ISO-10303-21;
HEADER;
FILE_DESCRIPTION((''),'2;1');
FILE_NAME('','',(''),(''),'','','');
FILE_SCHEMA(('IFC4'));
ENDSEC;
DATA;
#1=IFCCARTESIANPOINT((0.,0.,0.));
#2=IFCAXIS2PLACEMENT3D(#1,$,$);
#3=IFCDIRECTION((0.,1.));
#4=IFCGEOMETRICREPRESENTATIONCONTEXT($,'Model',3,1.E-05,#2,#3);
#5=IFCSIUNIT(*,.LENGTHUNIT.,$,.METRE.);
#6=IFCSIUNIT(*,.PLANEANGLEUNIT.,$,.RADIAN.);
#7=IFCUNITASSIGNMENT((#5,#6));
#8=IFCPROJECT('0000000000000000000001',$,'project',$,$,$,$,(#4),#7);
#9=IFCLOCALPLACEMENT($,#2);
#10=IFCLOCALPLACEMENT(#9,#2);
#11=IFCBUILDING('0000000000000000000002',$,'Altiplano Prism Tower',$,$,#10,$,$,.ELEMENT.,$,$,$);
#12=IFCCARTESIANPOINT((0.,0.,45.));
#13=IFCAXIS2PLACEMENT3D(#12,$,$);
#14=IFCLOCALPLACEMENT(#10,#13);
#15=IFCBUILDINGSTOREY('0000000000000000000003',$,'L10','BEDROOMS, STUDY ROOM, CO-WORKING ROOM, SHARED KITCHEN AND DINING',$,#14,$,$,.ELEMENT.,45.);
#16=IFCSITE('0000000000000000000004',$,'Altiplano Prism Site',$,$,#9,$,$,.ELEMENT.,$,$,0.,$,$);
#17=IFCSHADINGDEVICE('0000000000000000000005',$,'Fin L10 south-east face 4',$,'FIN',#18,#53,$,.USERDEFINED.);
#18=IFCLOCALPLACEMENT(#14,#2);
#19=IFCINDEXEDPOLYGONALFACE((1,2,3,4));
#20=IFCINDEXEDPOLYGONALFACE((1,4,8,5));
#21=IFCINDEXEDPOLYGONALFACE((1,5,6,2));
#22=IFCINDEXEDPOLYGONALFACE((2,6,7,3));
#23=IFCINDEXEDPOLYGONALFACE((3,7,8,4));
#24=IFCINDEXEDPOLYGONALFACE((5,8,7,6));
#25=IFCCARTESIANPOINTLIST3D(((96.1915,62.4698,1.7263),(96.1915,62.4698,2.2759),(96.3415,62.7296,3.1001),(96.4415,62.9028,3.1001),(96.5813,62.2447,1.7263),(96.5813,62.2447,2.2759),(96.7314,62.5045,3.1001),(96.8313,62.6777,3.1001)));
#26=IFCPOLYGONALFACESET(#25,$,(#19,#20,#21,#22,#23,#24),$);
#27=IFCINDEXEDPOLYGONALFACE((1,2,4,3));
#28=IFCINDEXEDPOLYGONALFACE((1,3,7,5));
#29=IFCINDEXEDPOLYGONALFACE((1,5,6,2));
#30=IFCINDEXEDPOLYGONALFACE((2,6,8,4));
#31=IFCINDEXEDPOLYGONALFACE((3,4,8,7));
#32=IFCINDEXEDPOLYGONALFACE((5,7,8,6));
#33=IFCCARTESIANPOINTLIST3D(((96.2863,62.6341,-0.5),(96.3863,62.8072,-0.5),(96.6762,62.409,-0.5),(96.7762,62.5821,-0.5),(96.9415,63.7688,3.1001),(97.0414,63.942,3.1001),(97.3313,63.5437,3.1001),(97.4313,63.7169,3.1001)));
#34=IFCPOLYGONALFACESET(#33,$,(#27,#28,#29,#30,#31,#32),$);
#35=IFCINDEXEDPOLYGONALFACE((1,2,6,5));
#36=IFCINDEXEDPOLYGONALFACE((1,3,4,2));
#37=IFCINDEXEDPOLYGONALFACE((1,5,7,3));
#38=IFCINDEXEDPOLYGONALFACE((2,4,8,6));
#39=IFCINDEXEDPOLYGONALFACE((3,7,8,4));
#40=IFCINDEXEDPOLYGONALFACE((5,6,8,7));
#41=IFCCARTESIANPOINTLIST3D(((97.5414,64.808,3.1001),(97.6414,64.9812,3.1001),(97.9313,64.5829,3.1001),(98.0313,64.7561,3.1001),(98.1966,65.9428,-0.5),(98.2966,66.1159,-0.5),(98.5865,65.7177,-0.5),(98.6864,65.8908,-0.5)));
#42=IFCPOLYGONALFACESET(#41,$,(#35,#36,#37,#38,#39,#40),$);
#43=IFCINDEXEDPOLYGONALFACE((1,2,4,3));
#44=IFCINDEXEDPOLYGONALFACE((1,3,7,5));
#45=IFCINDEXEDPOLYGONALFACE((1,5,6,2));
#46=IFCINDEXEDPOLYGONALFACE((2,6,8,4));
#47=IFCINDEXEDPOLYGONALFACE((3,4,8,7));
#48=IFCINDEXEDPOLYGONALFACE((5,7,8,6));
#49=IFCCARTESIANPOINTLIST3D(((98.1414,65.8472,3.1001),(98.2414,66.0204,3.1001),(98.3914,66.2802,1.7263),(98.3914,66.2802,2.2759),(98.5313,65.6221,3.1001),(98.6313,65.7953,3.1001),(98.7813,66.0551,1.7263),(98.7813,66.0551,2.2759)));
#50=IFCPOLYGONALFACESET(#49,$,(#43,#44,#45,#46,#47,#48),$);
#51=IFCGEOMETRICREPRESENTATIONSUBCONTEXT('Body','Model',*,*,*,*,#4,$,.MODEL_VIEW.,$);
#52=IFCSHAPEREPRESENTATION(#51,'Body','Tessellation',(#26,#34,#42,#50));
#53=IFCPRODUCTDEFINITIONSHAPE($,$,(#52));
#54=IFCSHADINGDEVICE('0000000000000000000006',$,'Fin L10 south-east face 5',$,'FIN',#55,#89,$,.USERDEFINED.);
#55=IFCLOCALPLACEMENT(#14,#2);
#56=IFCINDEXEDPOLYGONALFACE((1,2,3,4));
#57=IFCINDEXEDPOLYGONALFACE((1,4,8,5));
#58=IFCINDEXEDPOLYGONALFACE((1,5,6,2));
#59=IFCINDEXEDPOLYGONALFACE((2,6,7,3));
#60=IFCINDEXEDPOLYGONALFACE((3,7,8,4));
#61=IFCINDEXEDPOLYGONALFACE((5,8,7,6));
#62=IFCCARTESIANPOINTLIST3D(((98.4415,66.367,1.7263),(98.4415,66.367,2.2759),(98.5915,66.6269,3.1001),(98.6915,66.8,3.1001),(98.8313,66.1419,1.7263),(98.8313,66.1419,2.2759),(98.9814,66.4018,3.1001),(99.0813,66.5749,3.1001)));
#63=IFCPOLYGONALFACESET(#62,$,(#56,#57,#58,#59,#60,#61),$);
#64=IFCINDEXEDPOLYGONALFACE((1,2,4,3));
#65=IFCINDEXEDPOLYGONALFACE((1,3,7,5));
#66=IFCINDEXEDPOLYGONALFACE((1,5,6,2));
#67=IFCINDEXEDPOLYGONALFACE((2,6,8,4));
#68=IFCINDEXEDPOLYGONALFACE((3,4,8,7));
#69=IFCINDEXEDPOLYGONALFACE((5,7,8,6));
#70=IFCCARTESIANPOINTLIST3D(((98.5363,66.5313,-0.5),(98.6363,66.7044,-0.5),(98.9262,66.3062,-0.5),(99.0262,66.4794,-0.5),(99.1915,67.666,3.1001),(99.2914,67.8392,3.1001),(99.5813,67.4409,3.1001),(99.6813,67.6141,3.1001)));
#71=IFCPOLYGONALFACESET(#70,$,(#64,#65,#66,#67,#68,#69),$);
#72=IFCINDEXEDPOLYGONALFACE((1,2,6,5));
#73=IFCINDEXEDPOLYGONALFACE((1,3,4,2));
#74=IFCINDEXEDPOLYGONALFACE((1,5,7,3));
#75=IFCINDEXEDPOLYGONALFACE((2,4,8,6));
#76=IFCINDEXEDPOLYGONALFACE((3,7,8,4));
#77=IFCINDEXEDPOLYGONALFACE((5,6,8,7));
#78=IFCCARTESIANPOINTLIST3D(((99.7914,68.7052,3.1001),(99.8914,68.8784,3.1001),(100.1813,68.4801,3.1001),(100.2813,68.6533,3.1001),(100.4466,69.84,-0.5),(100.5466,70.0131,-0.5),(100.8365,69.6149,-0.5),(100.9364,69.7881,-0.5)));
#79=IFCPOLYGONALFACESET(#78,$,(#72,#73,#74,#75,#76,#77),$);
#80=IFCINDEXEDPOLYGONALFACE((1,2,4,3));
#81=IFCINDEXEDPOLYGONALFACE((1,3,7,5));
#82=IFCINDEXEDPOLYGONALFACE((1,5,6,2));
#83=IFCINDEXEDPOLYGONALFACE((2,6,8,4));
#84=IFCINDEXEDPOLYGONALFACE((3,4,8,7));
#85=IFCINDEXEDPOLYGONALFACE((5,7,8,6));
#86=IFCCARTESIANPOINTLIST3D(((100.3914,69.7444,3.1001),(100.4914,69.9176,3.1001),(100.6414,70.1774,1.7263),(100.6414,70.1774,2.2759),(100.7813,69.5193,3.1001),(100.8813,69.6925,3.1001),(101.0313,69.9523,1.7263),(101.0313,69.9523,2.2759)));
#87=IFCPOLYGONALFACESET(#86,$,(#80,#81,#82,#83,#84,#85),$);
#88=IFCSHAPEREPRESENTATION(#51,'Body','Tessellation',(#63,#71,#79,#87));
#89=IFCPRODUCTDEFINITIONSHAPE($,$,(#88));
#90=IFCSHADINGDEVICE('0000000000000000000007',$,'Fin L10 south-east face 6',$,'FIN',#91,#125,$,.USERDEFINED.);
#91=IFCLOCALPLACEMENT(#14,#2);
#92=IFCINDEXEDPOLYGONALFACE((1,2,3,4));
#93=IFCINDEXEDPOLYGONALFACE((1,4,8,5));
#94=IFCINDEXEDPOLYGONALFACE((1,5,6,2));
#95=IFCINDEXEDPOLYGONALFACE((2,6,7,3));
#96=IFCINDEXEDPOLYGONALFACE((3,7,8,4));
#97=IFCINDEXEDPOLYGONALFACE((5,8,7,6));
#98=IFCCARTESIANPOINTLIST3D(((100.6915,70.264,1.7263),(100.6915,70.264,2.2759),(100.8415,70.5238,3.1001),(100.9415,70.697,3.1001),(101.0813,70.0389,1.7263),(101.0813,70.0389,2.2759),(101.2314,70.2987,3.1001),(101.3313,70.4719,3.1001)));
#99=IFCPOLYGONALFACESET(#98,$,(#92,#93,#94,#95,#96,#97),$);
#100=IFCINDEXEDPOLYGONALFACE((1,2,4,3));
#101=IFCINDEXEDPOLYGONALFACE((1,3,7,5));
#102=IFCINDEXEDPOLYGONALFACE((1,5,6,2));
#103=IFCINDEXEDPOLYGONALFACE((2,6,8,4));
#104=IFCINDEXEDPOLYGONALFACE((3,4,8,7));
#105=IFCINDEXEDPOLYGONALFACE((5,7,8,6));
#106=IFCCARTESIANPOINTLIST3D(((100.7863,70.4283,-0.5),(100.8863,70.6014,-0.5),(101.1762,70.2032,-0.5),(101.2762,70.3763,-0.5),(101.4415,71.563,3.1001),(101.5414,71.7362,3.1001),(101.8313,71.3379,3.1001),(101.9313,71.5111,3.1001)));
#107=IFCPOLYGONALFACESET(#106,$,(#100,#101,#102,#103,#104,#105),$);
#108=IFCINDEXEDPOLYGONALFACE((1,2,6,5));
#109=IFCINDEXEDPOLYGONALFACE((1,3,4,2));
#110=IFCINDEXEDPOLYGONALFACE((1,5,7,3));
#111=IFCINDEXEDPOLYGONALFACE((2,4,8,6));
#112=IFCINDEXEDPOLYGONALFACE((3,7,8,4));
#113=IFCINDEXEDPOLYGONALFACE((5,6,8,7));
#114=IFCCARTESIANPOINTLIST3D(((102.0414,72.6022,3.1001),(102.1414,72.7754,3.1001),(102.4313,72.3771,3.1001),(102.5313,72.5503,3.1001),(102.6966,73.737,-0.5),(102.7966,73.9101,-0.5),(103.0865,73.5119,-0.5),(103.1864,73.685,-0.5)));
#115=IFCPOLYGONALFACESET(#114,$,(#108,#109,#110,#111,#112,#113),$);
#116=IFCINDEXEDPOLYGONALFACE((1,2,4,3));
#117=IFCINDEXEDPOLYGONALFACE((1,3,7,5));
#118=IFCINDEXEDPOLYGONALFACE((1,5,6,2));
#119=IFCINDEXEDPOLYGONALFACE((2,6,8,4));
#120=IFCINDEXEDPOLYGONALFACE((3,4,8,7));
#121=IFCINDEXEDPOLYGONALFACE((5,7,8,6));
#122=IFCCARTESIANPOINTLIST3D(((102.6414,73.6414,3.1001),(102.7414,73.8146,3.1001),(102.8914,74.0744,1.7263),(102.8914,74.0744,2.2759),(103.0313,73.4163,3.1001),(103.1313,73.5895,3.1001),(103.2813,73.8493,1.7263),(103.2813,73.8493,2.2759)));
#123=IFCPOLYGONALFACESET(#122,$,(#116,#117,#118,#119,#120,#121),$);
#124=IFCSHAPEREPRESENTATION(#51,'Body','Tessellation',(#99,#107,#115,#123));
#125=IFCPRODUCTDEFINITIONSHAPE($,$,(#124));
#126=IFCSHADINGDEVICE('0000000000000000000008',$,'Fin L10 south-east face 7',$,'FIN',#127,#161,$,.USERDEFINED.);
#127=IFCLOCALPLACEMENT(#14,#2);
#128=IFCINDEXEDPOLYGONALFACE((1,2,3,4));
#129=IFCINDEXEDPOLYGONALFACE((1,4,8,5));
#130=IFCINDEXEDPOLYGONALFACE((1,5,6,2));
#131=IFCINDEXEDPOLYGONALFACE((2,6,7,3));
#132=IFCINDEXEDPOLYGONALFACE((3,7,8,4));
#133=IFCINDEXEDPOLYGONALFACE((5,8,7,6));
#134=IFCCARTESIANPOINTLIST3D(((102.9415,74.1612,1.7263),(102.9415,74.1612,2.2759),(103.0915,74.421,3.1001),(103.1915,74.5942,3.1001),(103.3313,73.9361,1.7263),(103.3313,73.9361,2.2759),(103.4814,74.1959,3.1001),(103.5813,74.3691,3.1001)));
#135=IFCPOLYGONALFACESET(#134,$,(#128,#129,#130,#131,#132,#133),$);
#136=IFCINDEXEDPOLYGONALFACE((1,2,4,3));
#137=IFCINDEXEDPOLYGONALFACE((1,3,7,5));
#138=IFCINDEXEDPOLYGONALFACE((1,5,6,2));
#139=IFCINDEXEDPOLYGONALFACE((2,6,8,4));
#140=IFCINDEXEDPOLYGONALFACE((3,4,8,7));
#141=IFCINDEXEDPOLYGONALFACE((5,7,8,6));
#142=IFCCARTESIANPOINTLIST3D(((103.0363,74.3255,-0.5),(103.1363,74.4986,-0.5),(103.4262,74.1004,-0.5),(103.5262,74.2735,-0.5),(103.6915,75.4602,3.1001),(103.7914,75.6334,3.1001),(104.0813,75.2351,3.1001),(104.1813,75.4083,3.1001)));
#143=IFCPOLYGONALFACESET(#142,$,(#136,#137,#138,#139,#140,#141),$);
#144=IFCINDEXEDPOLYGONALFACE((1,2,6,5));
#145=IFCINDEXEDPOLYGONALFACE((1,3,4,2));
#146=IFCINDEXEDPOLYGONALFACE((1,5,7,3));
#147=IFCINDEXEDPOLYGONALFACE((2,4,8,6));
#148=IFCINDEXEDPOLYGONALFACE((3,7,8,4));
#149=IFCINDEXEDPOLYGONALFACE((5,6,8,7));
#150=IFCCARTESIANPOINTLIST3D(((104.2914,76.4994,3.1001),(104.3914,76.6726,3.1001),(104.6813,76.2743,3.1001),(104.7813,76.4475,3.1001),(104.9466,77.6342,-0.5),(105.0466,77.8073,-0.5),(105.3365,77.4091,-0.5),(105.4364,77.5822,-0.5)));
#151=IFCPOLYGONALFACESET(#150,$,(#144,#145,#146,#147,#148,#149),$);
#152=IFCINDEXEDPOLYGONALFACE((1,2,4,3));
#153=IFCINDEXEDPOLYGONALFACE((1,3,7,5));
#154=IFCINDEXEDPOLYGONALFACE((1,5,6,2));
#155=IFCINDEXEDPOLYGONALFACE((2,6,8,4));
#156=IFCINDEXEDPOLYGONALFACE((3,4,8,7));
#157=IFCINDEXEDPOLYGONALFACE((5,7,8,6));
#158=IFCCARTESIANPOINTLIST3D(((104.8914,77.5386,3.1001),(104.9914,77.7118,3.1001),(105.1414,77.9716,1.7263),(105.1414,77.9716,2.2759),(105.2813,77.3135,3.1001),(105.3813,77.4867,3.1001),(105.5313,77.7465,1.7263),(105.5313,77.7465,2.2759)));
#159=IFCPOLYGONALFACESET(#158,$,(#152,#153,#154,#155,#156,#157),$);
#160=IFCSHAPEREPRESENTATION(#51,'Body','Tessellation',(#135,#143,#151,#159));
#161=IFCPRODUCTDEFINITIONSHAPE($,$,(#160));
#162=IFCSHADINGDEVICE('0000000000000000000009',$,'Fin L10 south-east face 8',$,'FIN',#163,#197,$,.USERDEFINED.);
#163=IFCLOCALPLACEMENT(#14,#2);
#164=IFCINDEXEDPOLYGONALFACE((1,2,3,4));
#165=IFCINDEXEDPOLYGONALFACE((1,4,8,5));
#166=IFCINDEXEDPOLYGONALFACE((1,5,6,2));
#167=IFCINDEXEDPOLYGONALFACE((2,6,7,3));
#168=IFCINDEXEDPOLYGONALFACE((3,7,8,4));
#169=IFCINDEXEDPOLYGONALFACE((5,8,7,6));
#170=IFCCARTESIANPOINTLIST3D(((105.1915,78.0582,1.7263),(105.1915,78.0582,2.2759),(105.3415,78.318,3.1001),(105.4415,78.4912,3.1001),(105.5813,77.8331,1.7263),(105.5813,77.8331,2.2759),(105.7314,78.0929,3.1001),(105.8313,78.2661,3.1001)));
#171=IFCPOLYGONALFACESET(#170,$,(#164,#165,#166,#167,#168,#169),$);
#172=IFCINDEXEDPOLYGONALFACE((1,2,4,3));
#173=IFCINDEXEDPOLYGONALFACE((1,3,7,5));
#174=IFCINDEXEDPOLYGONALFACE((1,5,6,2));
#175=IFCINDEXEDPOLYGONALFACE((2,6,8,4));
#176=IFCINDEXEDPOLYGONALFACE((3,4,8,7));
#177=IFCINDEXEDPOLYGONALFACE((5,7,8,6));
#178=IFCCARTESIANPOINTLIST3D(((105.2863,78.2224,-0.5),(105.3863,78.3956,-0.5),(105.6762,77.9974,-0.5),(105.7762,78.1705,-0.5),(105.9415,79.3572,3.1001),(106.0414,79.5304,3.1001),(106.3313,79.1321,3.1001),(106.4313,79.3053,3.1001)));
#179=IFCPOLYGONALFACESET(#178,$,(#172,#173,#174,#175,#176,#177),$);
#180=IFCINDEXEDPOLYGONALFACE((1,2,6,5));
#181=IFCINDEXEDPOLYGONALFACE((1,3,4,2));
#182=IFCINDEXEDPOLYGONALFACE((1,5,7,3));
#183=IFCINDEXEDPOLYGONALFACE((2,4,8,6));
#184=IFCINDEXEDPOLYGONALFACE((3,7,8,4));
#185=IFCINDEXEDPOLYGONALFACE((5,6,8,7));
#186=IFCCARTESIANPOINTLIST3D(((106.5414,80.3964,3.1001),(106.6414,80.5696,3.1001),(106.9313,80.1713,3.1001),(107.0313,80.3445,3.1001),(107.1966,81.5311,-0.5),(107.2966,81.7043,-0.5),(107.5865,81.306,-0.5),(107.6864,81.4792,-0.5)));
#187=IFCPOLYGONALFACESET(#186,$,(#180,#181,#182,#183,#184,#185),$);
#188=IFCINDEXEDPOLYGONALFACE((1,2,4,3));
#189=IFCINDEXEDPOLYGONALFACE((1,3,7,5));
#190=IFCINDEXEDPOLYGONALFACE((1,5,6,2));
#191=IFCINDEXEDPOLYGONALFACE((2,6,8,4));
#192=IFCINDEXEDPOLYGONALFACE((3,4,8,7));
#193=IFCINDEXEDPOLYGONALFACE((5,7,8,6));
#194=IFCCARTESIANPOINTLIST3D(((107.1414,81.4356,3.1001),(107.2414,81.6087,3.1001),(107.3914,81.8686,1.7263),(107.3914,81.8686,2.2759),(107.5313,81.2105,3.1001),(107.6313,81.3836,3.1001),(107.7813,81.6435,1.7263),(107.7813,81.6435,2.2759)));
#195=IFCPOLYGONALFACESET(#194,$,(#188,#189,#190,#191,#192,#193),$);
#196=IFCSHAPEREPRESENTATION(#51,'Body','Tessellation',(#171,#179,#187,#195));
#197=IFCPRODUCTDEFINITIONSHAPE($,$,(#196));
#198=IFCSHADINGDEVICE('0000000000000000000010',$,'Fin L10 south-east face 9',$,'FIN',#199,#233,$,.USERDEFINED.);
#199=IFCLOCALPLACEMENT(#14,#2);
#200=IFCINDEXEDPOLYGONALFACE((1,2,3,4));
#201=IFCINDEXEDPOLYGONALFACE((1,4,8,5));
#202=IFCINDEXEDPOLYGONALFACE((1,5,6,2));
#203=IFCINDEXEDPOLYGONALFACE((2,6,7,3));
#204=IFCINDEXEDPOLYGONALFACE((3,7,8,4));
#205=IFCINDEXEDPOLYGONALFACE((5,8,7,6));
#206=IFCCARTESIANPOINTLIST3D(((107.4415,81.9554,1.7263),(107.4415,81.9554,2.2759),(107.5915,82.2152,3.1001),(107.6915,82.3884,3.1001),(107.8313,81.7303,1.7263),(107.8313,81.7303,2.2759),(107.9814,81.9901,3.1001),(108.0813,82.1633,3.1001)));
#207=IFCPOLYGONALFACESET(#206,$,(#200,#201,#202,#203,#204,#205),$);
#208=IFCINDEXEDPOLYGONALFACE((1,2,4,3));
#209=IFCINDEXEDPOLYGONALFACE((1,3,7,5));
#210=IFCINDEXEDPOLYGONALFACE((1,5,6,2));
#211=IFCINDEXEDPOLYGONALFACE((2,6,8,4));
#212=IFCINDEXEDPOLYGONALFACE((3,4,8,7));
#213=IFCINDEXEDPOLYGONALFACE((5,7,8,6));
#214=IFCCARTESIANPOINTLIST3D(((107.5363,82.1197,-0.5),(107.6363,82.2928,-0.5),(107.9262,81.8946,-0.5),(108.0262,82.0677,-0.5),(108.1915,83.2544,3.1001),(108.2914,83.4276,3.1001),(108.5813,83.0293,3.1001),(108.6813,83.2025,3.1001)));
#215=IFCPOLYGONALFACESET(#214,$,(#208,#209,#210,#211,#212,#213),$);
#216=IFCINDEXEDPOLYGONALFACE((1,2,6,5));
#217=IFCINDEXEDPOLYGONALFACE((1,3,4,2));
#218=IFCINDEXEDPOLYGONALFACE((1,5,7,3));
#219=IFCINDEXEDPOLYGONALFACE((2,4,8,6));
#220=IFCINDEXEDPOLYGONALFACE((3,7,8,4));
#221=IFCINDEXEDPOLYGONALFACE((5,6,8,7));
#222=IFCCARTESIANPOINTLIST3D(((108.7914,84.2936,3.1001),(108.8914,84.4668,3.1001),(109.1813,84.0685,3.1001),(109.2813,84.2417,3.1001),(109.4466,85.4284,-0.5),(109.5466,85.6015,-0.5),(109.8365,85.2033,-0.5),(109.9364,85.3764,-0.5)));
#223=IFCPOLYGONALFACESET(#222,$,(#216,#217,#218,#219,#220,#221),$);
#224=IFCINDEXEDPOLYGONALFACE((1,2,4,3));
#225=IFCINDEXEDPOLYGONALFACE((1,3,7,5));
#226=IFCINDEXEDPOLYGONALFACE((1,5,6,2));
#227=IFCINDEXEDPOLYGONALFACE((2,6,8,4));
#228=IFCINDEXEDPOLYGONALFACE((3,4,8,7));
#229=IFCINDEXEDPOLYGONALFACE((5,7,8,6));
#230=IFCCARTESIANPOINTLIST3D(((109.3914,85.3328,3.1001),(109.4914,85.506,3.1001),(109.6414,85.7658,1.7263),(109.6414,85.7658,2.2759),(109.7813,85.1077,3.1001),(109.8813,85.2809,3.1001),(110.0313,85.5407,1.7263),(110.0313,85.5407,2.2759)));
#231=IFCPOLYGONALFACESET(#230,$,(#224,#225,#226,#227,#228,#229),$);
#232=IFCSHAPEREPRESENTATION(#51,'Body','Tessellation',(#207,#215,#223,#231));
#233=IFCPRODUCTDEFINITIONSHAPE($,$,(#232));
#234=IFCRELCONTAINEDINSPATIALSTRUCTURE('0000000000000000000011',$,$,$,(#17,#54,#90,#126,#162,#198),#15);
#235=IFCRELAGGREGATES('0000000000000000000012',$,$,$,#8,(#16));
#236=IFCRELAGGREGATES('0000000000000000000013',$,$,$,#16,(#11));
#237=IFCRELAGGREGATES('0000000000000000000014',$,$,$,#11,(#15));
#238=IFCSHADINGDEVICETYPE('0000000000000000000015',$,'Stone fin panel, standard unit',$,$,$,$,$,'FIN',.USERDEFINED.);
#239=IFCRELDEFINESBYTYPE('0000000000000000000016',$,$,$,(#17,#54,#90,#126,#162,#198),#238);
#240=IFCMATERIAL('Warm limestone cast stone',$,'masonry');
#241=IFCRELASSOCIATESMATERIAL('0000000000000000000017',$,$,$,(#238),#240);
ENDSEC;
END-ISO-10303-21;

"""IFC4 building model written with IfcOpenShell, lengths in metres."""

from ifc_helpers import new_model, si_unit, direction, frame, origin, place, context, subcontext, project, spatial, polyline, outline, extrude, source, transform, mapped, material, type_object, element, save


model = new_model("IFC4")

# Units and contexts
model_context = context("Model", 3, precision=1e-05, world=origin(), true_north=direction((0.0, 1.0)))
body_context = subcontext(model_context, "Body", "Model", "MODEL_VIEW")
ifc_project = project(units=[si_unit("LENGTHUNIT", "METRE"), si_unit("PLANEANGLEUNIT", "RADIAN")], contexts=[model_context])

# Site, building, storey
site_placement = place(None, origin())
site = spatial("IfcSite", under=ifc_project, at=site_placement, Name="Altiplano Prism Site", CompositionType="ELEMENT", RefElevation=0.0)
building_placement = place(site_placement, origin())
building = spatial("IfcBuilding", under=site, at=building_placement, Name="Altiplano Prism Tower", CompositionType="ELEMENT")
storey_placement = place(building_placement, frame((0.0, 0.0, 45.0)))
storey = spatial("IfcBuildingStorey", under=building, at=storey_placement, Name="L10", Description="BEDROOMS, STUDY ROOM, CO-WORKING ROOM, SHARED KITCHEN AND DINING", CompositionType="ELEMENT", Elevation=45.0)

# Shading devices
ifc_material_1 = material(Name="Warm limestone cast stone", Category="masonry")
shading_device_type_1 = type_object("IfcShadingDeviceType", Name="Stone fin panel, standard unit", ElementType="FIN", PredefinedType="USERDEFINED", material=ifc_material_1)
shared_shape_1 = source(origin(), body_context, "Body", "SweptSolid", [
    extrude(outline(polyline([(-2.2, 2.2263), (-1.7, 3.6001), (-1.8999, 3.6001), (-2.2, 2.7759), (-2.2, 2.2263)])), frame((0.0, -0.1499, 0.0), z_axis=(0.0, -1.0, 0.0), x_axis=(1.0, 0.0, 0.0)), (0.0, 0.0, 1.0), 0.4502),
    extrude(outline(polyline([(-2.0103, 0.0), (-1.8103, 0.0), (-0.5, 3.6001), (-0.7, 3.6001), (-2.0103, 0.0)])), frame((0.0, -0.1499, 0.0), z_axis=(0.0, -1.0, 0.0), x_axis=(1.0, 0.0, 0.0)), (0.0, 0.0, 1.0), 0.4502),
    extrude(outline(polyline([(1.8103, 0.0), (2.0103, 0.0), (0.7, 3.6001), (0.5, 3.6001), (1.8103, 0.0)])), frame((0.0, -0.1499, 0.0), z_axis=(0.0, -1.0, 0.0), x_axis=(1.0, 0.0, 0.0)), (0.0, 0.0, 1.0), 0.4502),
    extrude(outline(polyline([(2.2, 2.7759), (1.8999, 3.6001), (1.7, 3.6001), (2.2, 2.2263), (2.2, 2.7759)])), frame((0.0, -0.1499, 0.0), z_axis=(0.0, -1.0, 0.0), x_axis=(1.0, 0.0, 0.0)), (0.0, 0.0, 1.0), 0.4502),
])
shading_device_1_placement = place(storey_placement, origin())
element("IfcShadingDevice", 1, at=shading_device_1_placement, inside=storey, type_object=shading_device_type_1, Name="Fin L10 south-east face 4", ObjectType="FIN", PredefinedType="USERDEFINED", context=body_context, shape_type="MappedRepresentation", body=[
    mapped(shared_shape_1, transform((97.1616, 64.45, -0.5), x_axis=(0.5, 0.866025, 0.0), y_axis=(-0.866025, 0.5, 0.0), z_axis=(0.0, 0.0, 1.0))),
])
shading_device_2_placement = place(storey_placement, origin())
element("IfcShadingDevice", 2, at=shading_device_2_placement, inside=storey, type_object=shading_device_type_1, Name="Fin L10 south-east face 5", ObjectType="FIN", PredefinedType="USERDEFINED", context=body_context, shape_type="MappedRepresentation", body=[
    mapped(shared_shape_1, transform((99.4116, 68.3472, -0.5), x_axis=(0.5, 0.866025, 0.0), y_axis=(-0.866025, 0.5, 0.0), z_axis=(0.0, 0.0, 1.0))),
])
shading_device_3_placement = place(storey_placement, origin())
element("IfcShadingDevice", 3, at=shading_device_3_placement, inside=storey, type_object=shading_device_type_1, Name="Fin L10 south-east face 6", ObjectType="FIN", PredefinedType="USERDEFINED", context=body_context, shape_type="MappedRepresentation", body=[
    mapped(shared_shape_1, transform((101.6616, 72.2441, -0.5), x_axis=(0.5, 0.866025, 0.0), y_axis=(-0.866025, 0.5, 0.0), z_axis=(0.0, 0.0, 1.0))),
])
shading_device_4_placement = place(storey_placement, origin())
element("IfcShadingDevice", 4, at=shading_device_4_placement, inside=storey, type_object=shading_device_type_1, Name="Fin L10 south-east face 7", ObjectType="FIN", PredefinedType="USERDEFINED", context=body_context, shape_type="MappedRepresentation", body=[
    mapped(shared_shape_1, transform((103.9116, 76.1414, -0.5), x_axis=(0.5, 0.866025, 0.0), y_axis=(-0.866025, 0.5, 0.0), z_axis=(0.0, 0.0, 1.0))),
])
shading_device_5_placement = place(storey_placement, origin())
element("IfcShadingDevice", 5, at=shading_device_5_placement, inside=storey, type_object=shading_device_type_1, Name="Fin L10 south-east face 8", ObjectType="FIN", PredefinedType="USERDEFINED", context=body_context, shape_type="MappedRepresentation", body=[
    mapped(shared_shape_1, transform((106.1616, 80.0383, -0.5), x_axis=(0.5, 0.866025, 0.0), y_axis=(-0.866025, 0.5, 0.0), z_axis=(0.0, 0.0, 1.0))),
])
shading_device_6_placement = place(storey_placement, origin())
element("IfcShadingDevice", 6, at=shading_device_6_placement, inside=storey, type_object=shading_device_type_1, Name="Fin L10 south-east face 9", ObjectType="FIN", PredefinedType="USERDEFINED", context=body_context, shape_type="MappedRepresentation", body=[
    mapped(shared_shape_1, transform((108.4116, 83.9355, -0.5), x_axis=(0.5, 0.866025, 0.0), y_axis=(-0.866025, 0.5, 0.0), z_axis=(0.0, 0.0, 1.0))),
])

save(model, "model.ifc")
